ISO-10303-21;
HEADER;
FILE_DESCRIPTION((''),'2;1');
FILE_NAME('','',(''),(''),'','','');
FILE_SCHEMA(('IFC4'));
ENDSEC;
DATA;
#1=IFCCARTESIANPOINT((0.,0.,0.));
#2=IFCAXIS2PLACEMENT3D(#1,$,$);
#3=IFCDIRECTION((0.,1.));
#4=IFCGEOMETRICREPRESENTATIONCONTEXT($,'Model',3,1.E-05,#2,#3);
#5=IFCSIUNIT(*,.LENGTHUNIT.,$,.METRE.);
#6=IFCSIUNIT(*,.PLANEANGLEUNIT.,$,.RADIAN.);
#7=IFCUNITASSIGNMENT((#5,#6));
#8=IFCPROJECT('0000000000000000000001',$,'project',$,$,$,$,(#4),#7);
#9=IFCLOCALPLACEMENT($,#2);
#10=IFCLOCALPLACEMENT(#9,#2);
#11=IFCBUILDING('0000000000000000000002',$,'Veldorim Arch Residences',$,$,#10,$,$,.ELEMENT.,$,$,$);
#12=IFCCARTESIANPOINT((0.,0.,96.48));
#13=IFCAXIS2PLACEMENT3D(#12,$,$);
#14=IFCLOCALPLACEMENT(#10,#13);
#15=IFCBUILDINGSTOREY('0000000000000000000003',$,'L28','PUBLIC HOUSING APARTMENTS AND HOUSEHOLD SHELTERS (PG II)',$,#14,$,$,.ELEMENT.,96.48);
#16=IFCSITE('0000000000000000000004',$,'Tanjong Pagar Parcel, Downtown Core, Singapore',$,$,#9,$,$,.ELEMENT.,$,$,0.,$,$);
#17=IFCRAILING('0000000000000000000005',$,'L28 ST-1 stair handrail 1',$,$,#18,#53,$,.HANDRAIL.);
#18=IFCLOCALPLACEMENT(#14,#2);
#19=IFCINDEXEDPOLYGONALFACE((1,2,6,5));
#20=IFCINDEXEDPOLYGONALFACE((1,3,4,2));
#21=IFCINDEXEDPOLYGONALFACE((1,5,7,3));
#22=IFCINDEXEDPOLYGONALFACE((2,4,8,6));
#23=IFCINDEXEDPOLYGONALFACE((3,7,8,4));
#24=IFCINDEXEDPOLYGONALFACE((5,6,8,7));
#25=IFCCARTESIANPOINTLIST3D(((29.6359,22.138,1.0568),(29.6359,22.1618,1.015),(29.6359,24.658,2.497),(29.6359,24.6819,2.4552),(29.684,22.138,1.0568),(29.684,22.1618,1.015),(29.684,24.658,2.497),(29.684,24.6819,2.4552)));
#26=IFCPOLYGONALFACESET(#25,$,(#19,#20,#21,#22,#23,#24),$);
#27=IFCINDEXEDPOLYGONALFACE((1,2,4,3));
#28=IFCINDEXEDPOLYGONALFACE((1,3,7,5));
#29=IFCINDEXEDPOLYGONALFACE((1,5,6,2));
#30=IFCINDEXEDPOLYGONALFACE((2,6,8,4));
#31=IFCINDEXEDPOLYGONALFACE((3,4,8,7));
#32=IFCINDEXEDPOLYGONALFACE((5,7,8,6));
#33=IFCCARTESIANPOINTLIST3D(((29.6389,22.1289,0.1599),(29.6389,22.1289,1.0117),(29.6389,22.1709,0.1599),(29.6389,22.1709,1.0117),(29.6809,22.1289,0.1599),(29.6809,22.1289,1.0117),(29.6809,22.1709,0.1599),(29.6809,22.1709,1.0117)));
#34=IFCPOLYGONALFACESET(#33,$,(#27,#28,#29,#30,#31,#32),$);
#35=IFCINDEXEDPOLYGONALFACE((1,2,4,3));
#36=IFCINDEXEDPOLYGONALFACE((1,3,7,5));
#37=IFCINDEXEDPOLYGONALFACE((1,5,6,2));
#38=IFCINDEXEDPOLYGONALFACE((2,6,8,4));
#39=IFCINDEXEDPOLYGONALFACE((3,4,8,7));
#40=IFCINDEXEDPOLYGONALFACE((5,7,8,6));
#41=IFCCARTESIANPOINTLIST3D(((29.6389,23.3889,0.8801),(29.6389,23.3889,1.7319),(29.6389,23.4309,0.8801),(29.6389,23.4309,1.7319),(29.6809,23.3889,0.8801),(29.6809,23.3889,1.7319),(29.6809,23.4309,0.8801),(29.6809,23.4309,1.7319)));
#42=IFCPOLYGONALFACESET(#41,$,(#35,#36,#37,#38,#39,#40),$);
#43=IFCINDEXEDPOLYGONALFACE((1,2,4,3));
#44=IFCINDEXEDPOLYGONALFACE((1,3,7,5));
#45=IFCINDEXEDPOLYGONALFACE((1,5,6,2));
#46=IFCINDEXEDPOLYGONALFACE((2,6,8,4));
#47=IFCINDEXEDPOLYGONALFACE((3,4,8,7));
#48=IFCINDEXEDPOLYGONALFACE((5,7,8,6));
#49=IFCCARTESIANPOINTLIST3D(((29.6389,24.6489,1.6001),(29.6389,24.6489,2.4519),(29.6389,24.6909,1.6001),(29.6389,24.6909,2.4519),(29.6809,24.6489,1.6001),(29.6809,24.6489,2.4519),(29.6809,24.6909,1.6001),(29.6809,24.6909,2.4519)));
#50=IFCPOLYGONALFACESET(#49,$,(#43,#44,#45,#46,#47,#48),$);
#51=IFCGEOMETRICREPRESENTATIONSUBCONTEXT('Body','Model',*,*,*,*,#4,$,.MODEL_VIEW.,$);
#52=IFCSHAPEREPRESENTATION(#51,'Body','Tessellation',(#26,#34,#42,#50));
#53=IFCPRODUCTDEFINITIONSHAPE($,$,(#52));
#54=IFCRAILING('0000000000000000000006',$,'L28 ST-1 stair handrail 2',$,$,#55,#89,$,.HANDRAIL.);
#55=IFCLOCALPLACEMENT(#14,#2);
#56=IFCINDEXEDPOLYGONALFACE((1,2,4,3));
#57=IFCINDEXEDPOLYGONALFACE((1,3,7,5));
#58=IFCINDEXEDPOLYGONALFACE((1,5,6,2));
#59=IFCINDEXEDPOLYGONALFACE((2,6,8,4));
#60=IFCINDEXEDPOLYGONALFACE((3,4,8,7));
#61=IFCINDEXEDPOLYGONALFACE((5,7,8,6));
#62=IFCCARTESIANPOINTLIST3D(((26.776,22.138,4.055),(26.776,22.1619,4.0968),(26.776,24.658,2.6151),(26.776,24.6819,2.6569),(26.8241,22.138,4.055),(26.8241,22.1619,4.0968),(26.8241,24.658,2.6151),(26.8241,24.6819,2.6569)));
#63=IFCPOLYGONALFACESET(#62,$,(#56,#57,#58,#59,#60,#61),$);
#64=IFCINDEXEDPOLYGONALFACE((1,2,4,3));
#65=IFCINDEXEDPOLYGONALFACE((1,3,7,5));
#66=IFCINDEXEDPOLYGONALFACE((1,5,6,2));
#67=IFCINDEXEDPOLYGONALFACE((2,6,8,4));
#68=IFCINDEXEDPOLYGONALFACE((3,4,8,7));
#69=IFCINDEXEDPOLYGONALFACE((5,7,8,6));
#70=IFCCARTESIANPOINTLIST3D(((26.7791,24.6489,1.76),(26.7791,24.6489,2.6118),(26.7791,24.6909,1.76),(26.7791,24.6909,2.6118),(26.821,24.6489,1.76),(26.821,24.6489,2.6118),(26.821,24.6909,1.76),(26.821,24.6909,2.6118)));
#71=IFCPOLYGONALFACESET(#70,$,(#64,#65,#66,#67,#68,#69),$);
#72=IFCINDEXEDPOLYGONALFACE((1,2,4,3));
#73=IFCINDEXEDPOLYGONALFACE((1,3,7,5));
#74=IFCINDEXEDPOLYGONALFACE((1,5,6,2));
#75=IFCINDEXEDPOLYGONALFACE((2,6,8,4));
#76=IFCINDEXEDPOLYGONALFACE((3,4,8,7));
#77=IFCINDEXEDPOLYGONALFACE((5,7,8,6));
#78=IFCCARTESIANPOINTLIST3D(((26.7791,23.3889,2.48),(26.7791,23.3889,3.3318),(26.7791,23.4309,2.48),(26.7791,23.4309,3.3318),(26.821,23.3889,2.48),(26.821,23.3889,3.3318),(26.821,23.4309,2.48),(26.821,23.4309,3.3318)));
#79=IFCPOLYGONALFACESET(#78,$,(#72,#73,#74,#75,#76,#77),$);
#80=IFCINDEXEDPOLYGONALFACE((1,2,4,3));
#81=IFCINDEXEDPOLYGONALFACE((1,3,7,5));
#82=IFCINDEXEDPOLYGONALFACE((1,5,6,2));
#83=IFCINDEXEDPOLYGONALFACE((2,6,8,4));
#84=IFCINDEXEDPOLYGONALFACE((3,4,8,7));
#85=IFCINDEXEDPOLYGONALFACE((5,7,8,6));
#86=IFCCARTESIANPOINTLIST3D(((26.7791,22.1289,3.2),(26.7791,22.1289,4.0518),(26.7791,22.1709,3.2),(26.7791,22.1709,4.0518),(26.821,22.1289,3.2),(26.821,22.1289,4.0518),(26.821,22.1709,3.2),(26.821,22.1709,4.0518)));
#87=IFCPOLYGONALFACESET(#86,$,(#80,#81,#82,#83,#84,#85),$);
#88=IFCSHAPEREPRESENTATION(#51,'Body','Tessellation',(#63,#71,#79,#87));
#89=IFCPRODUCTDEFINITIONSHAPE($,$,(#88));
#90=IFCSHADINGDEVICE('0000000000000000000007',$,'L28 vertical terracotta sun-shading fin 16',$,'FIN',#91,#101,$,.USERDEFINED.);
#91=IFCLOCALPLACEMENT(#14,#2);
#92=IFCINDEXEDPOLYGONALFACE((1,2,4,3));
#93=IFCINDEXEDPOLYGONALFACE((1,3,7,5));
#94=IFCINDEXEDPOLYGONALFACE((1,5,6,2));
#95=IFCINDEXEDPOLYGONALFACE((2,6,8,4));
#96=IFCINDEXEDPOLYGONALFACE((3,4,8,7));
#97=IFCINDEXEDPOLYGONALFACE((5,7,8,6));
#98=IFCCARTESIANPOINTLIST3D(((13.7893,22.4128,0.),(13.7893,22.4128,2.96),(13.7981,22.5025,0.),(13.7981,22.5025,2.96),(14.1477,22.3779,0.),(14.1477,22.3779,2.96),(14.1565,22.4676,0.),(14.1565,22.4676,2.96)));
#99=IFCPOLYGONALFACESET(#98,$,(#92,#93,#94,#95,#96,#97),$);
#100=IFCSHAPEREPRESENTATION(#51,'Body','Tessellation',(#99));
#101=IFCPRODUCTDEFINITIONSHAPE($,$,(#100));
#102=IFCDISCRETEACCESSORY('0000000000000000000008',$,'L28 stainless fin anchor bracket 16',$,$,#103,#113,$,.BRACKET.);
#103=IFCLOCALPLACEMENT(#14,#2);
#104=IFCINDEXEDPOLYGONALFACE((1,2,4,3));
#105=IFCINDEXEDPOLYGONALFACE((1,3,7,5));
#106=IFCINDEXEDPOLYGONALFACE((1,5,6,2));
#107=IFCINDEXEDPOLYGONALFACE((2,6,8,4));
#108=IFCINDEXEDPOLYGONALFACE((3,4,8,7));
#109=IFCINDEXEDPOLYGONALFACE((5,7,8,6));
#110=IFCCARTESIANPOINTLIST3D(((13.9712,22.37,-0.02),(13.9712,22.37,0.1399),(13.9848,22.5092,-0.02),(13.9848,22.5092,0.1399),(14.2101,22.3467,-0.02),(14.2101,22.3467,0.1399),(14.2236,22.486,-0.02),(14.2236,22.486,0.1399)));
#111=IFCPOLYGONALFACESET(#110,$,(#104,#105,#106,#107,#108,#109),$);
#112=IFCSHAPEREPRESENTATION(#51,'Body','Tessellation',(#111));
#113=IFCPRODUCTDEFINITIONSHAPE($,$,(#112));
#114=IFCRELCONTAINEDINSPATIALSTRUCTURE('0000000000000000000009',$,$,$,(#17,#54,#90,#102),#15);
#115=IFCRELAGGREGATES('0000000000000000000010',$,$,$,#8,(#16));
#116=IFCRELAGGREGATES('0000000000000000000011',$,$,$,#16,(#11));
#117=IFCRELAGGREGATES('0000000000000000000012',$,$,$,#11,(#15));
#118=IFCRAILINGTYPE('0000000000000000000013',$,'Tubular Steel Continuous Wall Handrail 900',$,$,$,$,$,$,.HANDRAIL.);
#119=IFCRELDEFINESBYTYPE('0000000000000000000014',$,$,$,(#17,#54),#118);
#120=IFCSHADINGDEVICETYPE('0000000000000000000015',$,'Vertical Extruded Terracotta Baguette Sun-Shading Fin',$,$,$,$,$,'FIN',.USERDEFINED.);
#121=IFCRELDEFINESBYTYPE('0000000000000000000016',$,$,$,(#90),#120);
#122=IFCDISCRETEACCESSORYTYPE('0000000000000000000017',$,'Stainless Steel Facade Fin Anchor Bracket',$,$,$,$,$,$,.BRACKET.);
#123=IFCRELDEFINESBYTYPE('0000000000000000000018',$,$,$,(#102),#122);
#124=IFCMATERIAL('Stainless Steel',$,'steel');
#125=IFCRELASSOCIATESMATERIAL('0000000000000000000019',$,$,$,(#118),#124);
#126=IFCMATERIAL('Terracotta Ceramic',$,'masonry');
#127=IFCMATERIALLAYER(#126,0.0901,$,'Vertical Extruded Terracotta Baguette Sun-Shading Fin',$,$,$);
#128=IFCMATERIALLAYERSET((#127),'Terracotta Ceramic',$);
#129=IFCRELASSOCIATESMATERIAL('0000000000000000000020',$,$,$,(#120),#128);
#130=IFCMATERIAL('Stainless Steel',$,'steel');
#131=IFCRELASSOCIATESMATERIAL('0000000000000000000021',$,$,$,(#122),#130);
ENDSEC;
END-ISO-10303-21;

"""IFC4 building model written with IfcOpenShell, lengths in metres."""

from ifc_helpers import new_model, si_unit, direction, frame, origin, origin_2d, place, context, subcontext, project, spatial, rectangle, extrude, material, layer, layer_set, type_object, element, save


model = new_model("IFC4")

# Units and contexts
model_context = context("Model", 3, precision=1e-05, world=origin(), true_north=direction((0.0, 1.0)))
body_context = subcontext(model_context, "Body", "Model", "MODEL_VIEW")
ifc_project = project(units=[si_unit("LENGTHUNIT", "METRE"), si_unit("PLANEANGLEUNIT", "RADIAN")], contexts=[model_context])

# Site, building, storey
site_placement = place(None, origin())
site = spatial("IfcSite", under=ifc_project, at=site_placement, Name="Tanjong Pagar Parcel, Downtown Core, Singapore", CompositionType="ELEMENT", RefElevation=0.0)
building_placement = place(site_placement, origin())
building = spatial("IfcBuilding", under=site, at=building_placement, Name="Veldorim Arch Residences", CompositionType="ELEMENT")
storey_placement = place(building_placement, frame((0.0, 0.0, 96.48)))
storey = spatial("IfcBuildingStorey", under=building, at=storey_placement, Name="L28", Description="PUBLIC HOUSING APARTMENTS AND HOUSEHOLD SHELTERS (PG II)", CompositionType="ELEMENT", Elevation=96.48)

# Railings
ifc_material_1 = material(Name="Stainless Steel", Category="steel")
railing_type_1 = type_object("IfcRailingType", Name="Tubular Steel Continuous Wall Handrail 900", PredefinedType="HANDRAIL", material=ifc_material_1)
railing_1_placement = place(storey_placement, frame((29.6599, 22.1499, 0.1599)))
element("IfcRailing", 1, at=railing_1_placement, inside=storey, type_object=railing_type_1, Name="L28 ST-1 stair handrail 1", PredefinedType="HANDRAIL", context=body_context, shape_type="SweptSolid", body=[
    extrude(rectangle(XDim=0.0481, YDim=0.0481, at=origin_2d()), frame((0.0, 0.0, 0.876), z_axis=(0.0, 0.868217, 0.496184), x_axis=(-1.0, 0.0, 0.0)), (0.0, 0.0, 1.0), 2.9026),
    extrude(rectangle(XDim=0.042, YDim=0.042, at=origin_2d()), origin(), (0.0, 0.0, 1.0), 0.8518),
    extrude(rectangle(XDim=0.042, YDim=0.042, at=origin_2d()), frame((0.0, 1.26, 0.7202)), (0.0, 0.0, 1.0), 0.8518),
    extrude(rectangle(XDim=0.042, YDim=0.042, at=origin_2d()), frame((0.0, 2.52, 1.4402)), (0.0, 0.0, 1.0), 0.8518),
])
railing_2_placement = place(storey_placement, frame((26.8, 24.6699, 1.76)))
element("IfcRailing", 2, at=railing_2_placement, inside=storey, type_object=railing_type_1, Name="L28 ST-1 stair handrail 2", PredefinedType="HANDRAIL", context=body_context, shape_type="SweptSolid", body=[
    extrude(rectangle(XDim=0.0481, YDim=0.0481, at=origin_2d()), frame((0.0, 0.0, 0.876), z_axis=(0.0, -0.868253, 0.496121), x_axis=(1.0, 0.0, 0.0)), (0.0, 0.0, 1.0), 2.9023),
    extrude(rectangle(XDim=0.042, YDim=0.042, at=origin_2d()), origin(), (0.0, 0.0, 1.0), 0.8518),
    extrude(rectangle(XDim=0.042, YDim=0.042, at=origin_2d()), frame((0.0, -1.26, 0.72)), (0.0, 0.0, 1.0), 0.8518),
    extrude(rectangle(XDim=0.042, YDim=0.042, at=origin_2d()), frame((0.0, -2.52, 1.4399)), (0.0, 0.0, 1.0), 0.8518),
])

# Shading device
ifc_material_2 = material(Name="Terracotta Ceramic", Category="masonry")
ifc_layer_1 = layer(ifc_material_2, 0.0901, Name="Vertical Extruded Terracotta Baguette Sun-Shading Fin")
ifc_layer_set_1 = layer_set([ifc_layer_1], Name="Terracotta Ceramic")
shading_device_type = type_object("IfcShadingDeviceType", Name="Vertical Extruded Terracotta Baguette Sun-Shading Fin", ElementType="FIN", PredefinedType="USERDEFINED", material=ifc_layer_set_1)
shading_device_placement = place(storey_placement, frame((13.9729, 22.4402, 0.0), z_axis=(0.0, 0.0, 1.0), x_axis=(0.096888, 0.995295, 0.0)))
element("IfcShadingDevice", 3, at=shading_device_placement, inside=storey, type_object=shading_device_type, Name="L28 vertical terracotta sun-shading fin 16", ObjectType="FIN", PredefinedType="USERDEFINED", context=body_context, shape_type="SweptSolid", body=[
    extrude(rectangle(XDim=0.0901, YDim=0.3601, at=origin_2d()), origin(), (0.0, 0.0, 1.0), 2.96),
])

# Discrete accessory
ifc_material_3 = material(Name="Stainless Steel", Category="steel")
discrete_accessory_type = type_object("IfcDiscreteAccessoryType", Name="Stainless Steel Facade Fin Anchor Bracket", PredefinedType="BRACKET", material=ifc_material_3)
discrete_accessory_placement = place(storey_placement, frame((14.0974, 22.428, -0.02), z_axis=(0.0, 0.0, 1.0), x_axis=(0.096888, 0.995295, 0.0)))
element("IfcDiscreteAccessory", 4, at=discrete_accessory_placement, inside=storey, type_object=discrete_accessory_type, Name="L28 stainless fin anchor bracket 16", PredefinedType="BRACKET", context=body_context, shape_type="SweptSolid", body=[
    extrude(rectangle(XDim=0.1399, YDim=0.24, at=origin_2d()), origin(), (0.0, 0.0, 1.0), 0.1599),
])

save(model, "model.ifc")
